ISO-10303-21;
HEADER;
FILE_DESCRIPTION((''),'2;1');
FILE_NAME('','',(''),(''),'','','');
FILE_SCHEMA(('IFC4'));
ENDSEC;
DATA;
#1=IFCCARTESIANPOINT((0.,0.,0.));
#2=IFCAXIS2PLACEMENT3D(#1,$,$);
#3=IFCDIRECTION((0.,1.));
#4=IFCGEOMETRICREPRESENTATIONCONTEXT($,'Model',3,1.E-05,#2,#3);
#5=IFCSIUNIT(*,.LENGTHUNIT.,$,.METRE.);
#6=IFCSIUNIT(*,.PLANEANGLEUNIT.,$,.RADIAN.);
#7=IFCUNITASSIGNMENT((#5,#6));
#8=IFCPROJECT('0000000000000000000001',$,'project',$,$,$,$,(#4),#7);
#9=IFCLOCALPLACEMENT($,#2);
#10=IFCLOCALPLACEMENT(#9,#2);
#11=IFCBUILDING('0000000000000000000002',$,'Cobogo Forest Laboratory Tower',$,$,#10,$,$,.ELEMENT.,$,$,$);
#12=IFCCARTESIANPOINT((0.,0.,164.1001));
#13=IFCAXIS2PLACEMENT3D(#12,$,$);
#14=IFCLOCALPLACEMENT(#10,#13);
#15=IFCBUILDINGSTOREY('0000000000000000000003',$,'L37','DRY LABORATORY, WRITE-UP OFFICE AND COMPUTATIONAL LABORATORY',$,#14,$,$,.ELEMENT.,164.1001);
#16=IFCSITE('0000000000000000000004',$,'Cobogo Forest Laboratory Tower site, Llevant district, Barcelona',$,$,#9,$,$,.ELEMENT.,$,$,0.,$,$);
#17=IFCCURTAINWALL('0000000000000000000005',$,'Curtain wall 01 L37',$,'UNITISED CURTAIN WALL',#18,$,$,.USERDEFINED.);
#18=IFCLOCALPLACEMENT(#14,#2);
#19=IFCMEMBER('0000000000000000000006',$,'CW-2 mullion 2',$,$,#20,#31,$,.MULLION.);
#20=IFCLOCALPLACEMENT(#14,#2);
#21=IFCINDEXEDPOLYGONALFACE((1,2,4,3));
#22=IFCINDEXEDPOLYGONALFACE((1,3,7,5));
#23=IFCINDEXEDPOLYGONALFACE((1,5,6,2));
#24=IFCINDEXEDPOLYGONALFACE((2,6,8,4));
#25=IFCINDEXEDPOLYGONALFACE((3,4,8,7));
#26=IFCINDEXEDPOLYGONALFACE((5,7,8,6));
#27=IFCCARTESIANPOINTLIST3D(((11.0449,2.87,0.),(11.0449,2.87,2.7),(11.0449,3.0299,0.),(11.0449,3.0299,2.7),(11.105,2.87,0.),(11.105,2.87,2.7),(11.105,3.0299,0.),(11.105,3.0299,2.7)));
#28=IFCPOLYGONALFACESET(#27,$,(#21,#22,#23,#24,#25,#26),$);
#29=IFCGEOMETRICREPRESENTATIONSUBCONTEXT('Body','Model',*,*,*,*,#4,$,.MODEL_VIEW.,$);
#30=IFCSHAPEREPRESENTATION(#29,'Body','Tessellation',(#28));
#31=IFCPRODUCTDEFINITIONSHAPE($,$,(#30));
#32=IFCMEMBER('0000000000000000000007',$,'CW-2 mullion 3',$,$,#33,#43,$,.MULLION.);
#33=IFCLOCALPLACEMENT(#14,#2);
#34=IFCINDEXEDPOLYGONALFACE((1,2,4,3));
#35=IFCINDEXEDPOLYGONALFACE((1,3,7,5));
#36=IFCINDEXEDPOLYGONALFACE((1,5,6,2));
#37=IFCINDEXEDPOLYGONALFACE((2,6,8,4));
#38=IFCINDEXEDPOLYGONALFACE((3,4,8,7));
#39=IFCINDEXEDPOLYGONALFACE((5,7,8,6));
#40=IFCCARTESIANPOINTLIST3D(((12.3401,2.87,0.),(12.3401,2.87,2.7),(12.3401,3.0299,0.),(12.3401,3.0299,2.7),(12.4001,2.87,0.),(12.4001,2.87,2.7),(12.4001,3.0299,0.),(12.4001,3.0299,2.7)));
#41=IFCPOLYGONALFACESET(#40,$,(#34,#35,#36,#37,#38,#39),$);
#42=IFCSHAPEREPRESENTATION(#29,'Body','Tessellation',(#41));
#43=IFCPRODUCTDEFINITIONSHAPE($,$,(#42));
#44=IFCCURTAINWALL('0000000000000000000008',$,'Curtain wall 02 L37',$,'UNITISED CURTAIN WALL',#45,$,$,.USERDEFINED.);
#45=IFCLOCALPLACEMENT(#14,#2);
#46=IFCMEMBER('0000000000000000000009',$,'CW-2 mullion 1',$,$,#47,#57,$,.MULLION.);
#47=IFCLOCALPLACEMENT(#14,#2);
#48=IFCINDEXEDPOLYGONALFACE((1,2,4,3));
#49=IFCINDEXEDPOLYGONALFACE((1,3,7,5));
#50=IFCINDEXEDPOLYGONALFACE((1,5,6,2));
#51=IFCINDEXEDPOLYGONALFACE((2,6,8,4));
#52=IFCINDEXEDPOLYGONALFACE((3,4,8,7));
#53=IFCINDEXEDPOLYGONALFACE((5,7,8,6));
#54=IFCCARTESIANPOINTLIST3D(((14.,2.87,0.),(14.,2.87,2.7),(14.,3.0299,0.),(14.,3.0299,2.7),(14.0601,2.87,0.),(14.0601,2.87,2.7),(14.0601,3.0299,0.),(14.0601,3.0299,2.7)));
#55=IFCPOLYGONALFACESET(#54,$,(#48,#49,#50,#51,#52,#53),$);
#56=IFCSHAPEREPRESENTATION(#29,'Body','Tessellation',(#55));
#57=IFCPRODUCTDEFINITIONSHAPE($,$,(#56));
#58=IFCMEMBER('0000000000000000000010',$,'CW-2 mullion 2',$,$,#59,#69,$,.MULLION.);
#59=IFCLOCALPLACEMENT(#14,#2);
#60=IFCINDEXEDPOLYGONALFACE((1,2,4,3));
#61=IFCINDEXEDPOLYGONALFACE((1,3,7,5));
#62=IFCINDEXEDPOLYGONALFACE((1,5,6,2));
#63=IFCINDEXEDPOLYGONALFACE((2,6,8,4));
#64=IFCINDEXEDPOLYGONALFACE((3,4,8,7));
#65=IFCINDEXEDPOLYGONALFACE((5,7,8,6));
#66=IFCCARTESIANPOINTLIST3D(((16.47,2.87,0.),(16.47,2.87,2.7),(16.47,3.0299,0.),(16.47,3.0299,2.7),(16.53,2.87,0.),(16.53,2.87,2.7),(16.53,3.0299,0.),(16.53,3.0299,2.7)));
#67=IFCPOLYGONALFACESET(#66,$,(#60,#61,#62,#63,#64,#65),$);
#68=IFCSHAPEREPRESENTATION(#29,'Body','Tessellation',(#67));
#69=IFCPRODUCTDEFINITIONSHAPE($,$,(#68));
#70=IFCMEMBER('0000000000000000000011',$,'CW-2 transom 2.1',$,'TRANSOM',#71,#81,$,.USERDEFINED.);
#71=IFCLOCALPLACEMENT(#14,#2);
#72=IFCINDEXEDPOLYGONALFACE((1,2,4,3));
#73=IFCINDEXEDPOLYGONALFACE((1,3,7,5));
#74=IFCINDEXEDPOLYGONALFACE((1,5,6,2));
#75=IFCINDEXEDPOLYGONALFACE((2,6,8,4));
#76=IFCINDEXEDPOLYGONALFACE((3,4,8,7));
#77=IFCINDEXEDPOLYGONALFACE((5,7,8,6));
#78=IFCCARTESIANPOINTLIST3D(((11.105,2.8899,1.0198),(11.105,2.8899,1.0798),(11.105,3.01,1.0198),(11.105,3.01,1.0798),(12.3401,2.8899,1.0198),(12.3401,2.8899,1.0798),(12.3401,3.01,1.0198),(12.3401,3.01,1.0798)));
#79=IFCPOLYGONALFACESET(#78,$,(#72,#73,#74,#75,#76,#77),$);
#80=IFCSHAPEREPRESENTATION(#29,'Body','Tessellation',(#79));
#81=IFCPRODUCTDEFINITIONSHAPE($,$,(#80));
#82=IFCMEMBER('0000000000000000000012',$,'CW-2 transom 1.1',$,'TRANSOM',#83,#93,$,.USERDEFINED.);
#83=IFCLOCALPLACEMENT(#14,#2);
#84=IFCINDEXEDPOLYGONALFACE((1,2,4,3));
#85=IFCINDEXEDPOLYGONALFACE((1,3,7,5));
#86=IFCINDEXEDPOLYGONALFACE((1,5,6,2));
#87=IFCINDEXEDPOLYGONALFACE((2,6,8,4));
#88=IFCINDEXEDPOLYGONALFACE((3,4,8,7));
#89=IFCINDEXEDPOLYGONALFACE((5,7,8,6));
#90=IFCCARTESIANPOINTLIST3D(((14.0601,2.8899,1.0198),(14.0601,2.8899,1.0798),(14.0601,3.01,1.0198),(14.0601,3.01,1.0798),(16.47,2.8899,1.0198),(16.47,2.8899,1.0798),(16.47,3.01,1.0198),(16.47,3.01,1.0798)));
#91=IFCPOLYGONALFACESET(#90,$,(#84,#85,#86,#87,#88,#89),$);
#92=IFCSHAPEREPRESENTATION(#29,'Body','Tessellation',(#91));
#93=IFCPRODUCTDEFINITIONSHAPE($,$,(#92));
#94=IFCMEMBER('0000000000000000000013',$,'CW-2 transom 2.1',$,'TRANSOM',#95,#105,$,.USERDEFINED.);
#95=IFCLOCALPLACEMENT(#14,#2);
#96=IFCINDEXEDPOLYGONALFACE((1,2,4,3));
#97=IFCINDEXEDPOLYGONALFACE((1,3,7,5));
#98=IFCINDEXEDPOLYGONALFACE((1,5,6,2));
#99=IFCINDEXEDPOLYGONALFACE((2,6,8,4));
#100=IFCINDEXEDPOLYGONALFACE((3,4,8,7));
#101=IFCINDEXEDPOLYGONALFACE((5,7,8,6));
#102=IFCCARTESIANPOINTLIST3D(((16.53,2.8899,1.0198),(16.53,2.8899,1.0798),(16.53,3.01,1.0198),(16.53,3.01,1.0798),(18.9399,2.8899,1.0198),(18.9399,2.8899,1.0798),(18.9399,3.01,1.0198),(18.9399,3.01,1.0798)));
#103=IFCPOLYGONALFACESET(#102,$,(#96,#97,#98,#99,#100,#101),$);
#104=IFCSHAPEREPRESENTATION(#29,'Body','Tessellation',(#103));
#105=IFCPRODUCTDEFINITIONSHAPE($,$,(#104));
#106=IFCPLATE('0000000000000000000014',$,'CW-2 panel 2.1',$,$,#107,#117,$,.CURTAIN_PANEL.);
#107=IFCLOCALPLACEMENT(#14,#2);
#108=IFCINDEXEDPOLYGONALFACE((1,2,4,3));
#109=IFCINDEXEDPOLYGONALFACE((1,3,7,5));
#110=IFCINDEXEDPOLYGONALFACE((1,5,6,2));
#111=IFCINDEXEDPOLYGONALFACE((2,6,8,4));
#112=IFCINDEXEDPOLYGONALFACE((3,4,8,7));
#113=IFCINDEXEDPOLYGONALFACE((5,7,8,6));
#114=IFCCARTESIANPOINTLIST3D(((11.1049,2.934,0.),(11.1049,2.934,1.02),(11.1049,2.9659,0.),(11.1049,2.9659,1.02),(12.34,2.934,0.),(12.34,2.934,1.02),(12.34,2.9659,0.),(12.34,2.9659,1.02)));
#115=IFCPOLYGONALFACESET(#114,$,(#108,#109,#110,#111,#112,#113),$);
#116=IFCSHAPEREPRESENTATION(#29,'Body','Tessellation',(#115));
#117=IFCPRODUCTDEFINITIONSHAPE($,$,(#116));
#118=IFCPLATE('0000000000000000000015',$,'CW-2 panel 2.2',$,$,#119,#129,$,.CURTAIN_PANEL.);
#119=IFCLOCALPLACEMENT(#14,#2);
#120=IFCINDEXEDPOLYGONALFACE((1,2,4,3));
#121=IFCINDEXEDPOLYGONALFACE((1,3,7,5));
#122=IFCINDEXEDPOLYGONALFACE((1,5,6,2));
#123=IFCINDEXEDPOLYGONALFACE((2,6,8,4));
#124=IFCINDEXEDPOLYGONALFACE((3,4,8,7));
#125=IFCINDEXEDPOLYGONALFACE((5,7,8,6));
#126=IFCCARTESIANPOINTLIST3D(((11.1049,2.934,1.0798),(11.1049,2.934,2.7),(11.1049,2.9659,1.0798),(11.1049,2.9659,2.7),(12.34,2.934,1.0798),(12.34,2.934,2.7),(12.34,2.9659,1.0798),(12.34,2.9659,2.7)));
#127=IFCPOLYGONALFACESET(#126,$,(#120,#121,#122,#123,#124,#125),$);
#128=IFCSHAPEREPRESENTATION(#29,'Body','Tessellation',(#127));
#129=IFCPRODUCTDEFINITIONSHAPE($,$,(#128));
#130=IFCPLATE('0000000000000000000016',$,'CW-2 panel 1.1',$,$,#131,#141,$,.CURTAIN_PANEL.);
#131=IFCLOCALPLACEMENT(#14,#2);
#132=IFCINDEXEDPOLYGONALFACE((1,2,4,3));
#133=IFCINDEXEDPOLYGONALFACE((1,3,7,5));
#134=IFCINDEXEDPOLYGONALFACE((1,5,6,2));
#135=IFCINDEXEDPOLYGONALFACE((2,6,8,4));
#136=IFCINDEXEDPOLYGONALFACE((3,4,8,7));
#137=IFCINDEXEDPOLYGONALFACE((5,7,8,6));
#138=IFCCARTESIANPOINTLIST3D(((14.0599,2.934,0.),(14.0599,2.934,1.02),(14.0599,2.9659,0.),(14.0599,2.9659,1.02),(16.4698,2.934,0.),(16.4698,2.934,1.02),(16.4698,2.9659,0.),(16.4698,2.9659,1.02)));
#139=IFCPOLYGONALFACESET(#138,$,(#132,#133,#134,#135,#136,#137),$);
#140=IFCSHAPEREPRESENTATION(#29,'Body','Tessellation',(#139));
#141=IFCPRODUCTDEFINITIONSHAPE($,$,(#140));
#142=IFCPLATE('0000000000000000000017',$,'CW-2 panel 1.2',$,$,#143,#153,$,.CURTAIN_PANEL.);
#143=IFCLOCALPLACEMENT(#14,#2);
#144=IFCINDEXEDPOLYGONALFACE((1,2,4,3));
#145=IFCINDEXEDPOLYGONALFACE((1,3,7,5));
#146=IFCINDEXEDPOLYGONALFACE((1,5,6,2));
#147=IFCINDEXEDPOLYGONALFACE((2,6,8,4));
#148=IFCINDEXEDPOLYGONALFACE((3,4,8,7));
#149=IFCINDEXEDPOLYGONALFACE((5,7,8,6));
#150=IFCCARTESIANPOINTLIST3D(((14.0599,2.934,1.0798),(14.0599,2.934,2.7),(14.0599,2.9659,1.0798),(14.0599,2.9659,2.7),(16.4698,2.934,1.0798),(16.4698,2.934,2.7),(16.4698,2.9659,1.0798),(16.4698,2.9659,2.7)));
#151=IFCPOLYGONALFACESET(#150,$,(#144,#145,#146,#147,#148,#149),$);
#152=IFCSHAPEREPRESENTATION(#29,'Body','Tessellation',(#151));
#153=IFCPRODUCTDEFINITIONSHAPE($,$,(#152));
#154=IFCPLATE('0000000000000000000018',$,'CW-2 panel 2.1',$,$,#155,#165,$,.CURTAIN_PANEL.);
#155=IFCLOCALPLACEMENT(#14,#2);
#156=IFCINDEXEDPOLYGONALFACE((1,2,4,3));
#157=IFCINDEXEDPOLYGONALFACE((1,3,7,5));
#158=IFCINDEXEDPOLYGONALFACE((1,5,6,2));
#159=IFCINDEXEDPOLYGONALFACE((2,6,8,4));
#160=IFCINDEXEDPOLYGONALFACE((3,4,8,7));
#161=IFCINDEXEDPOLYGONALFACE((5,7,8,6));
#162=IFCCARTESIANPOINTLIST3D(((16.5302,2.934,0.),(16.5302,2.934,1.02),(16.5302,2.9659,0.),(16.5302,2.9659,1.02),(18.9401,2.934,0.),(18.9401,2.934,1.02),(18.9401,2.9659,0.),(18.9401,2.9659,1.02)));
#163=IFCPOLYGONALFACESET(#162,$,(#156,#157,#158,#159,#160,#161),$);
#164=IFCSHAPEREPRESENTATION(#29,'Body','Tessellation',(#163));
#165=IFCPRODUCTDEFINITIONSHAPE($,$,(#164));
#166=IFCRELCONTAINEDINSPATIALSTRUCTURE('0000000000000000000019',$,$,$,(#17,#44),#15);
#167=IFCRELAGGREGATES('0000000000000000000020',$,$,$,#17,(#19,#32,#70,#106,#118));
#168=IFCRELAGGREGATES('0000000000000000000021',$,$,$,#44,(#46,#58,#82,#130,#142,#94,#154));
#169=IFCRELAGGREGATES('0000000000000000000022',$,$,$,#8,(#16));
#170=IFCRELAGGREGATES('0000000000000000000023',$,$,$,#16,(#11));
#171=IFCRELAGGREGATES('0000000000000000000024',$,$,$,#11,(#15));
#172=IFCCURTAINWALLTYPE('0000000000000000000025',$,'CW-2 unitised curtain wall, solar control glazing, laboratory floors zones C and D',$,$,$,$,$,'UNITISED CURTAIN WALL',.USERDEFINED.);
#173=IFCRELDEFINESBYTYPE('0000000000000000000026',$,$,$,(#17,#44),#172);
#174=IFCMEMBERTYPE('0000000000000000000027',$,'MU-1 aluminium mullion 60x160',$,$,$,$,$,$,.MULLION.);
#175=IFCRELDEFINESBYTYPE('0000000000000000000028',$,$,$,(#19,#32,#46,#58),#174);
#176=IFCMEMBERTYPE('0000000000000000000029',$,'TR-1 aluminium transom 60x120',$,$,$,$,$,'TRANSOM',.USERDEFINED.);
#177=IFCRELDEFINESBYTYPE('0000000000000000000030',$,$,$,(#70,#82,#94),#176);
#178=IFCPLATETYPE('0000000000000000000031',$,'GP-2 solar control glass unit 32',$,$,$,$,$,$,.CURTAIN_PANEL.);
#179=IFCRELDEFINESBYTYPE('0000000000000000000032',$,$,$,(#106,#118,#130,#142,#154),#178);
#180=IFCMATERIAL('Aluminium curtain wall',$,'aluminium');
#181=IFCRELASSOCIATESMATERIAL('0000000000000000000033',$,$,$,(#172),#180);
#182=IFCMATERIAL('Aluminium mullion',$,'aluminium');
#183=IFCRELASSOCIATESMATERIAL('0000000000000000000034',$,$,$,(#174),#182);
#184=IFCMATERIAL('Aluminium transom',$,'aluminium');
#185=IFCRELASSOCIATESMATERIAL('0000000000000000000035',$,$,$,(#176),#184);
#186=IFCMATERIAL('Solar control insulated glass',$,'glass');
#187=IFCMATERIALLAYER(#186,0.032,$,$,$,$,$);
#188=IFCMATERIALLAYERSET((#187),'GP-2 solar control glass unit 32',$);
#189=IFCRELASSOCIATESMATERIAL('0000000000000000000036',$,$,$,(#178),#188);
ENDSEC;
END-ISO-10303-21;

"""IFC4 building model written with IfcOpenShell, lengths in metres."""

from ifc_helpers import new_model, si_unit, direction, frame, origin, origin_2d, place, context, subcontext, project, spatial, rectangle, extrude, material, layer, layer_set, material_profile, profile_set, type_object, element, aggregate, save


model = new_model("IFC4")

# Units and contexts
model_context = context("Model", 3, precision=1e-05, world=origin(), true_north=direction((0.0, 1.0)))
body_context = subcontext(model_context, "Body", "Model", "MODEL_VIEW")
ifc_project = project(units=[si_unit("LENGTHUNIT", "METRE"), si_unit("PLANEANGLEUNIT", "RADIAN")], contexts=[model_context])

# Site, building, storey
site_placement = place(None, origin())
site = spatial("IfcSite", under=ifc_project, at=site_placement, Name="Cobogo Forest Laboratory Tower site, Llevant district, Barcelona", CompositionType="ELEMENT", RefElevation=0.0)
building_placement = place(site_placement, origin())
building = spatial("IfcBuilding", under=site, at=building_placement, Name="Cobogo Forest Laboratory Tower", CompositionType="ELEMENT")
storey_placement = place(building_placement, frame((0.0, 0.0, 164.1001)))
storey = spatial("IfcBuildingStorey", under=building, at=storey_placement, Name="L37", Description="DRY LABORATORY, WRITE-UP OFFICE AND COMPUTATIONAL LABORATORY", CompositionType="ELEMENT", Elevation=164.1001)

# Curtain walls, members
ifc_material_1 = material(Name="Aluminium curtain wall", Category="aluminium")
curtain_wall_type = type_object("IfcCurtainWallType", Name="CW-2 unitised curtain wall, solar control glazing, laboratory floors zones C and D", ElementType="UNITISED CURTAIN WALL", PredefinedType="USERDEFINED", material=ifc_material_1)
curtain_wall_1_placement = place(storey_placement, origin())
curtain_wall_1 = element("IfcCurtainWall", 1, at=curtain_wall_1_placement, inside=storey, type_object=curtain_wall_type, Name="Curtain wall 01 L37", ObjectType="UNITISED CURTAIN WALL", PredefinedType="USERDEFINED")
ifc_material_2 = material(Name="Aluminium mullion", Category="aluminium")
ifc_material_profile_1 = material_profile(ifc_material_2, rectangle(XDim=0.0601, YDim=0.1599, at=origin_2d()), Name="AL 60x160")
ifc_profile_set_1 = profile_set([ifc_material_profile_1], Name="Aluminium mullion")
member_type_1 = type_object("IfcMemberType", Name="MU-1 aluminium mullion 60x160", PredefinedType="MULLION", material=ifc_profile_set_1)
member_1_placement = place(storey_placement, frame((11.075, 2.95, 0.0), z_axis=(0.0, 0.0, 1.0), x_axis=(1.0, 0.0, 0.0)))
member_1 = element("IfcMember", 2, at=member_1_placement, type_object=member_type_1, Name="CW-2 mullion 2", PredefinedType="MULLION", context=body_context, shape_type="SweptSolid", body=[
    extrude(rectangle(XDim=0.0601, YDim=0.1599, at=origin_2d()), origin(), (0.0, 0.0, 1.0), 2.7),
])
member_2_placement = place(storey_placement, frame((12.3701, 2.95, 0.0), z_axis=(0.0, 0.0, 1.0), x_axis=(1.0, 0.0, 0.0)))
member_2 = element("IfcMember", 3, at=member_2_placement, type_object=member_type_1, Name="CW-2 mullion 3", PredefinedType="MULLION", context=body_context, shape_type="SweptSolid", body=[
    extrude(rectangle(XDim=0.0601, YDim=0.1599, at=origin_2d()), origin(), (0.0, 0.0, 1.0), 2.7),
])
curtain_wall_2_placement = place(storey_placement, origin())
curtain_wall_2 = element("IfcCurtainWall", 4, at=curtain_wall_2_placement, inside=storey, type_object=curtain_wall_type, Name="Curtain wall 02 L37", ObjectType="UNITISED CURTAIN WALL", PredefinedType="USERDEFINED")
member_3_placement = place(storey_placement, frame((14.03, 2.95, 0.0), z_axis=(0.0, 0.0, 1.0), x_axis=(1.0, 0.0, 0.0)))
member_3 = element("IfcMember", 5, at=member_3_placement, type_object=member_type_1, Name="CW-2 mullion 1", PredefinedType="MULLION", context=body_context, shape_type="SweptSolid", body=[
    extrude(rectangle(XDim=0.0601, YDim=0.1599, at=origin_2d()), origin(), (0.0, 0.0, 1.0), 2.7),
])
member_4_placement = place(storey_placement, frame((16.5, 2.95, 0.0), z_axis=(0.0, 0.0, 1.0), x_axis=(1.0, 0.0, 0.0)))
member_4 = element("IfcMember", 6, at=member_4_placement, type_object=member_type_1, Name="CW-2 mullion 2", PredefinedType="MULLION", context=body_context, shape_type="SweptSolid", body=[
    extrude(rectangle(XDim=0.0601, YDim=0.1599, at=origin_2d()), origin(), (0.0, 0.0, 1.0), 2.7),
])

# Members
ifc_material_3 = material(Name="Aluminium transom", Category="aluminium")
ifc_material_profile_2 = material_profile(ifc_material_3, rectangle(XDim=0.1201, YDim=0.0601, at=origin_2d()), Name="AL 60x120")
ifc_profile_set_2 = profile_set([ifc_material_profile_2], Name="Aluminium transom")
member_type_2 = type_object("IfcMemberType", Name="TR-1 aluminium transom 60x120", ElementType="TRANSOM", PredefinedType="USERDEFINED", material=ifc_profile_set_2)
member_5_placement = place(storey_placement, frame((11.105, 2.95, 1.0498), z_axis=(1.0, 0.0, 0.0), x_axis=(0.0, 1.0, 0.0)))
member_5 = element("IfcMember", 7, at=member_5_placement, type_object=member_type_2, Name="CW-2 transom 2.1", ObjectType="TRANSOM", PredefinedType="USERDEFINED", context=body_context, shape_type="SweptSolid", body=[
    extrude(rectangle(XDim=0.1201, YDim=0.0601, at=origin_2d()), origin(), (0.0, 0.0, 1.0), 1.2351),
])
member_6_placement = place(storey_placement, frame((14.0601, 2.95, 1.0498), z_axis=(1.0, 0.0, 0.0), x_axis=(0.0, 1.0, 0.0)))
member_6 = element("IfcMember", 8, at=member_6_placement, type_object=member_type_2, Name="CW-2 transom 1.1", ObjectType="TRANSOM", PredefinedType="USERDEFINED", context=body_context, shape_type="SweptSolid", body=[
    extrude(rectangle(XDim=0.1201, YDim=0.0601, at=origin_2d()), origin(), (0.0, 0.0, 1.0), 2.4099),
])
member_7_placement = place(storey_placement, frame((16.53, 2.95, 1.0498), z_axis=(1.0, 0.0, 0.0), x_axis=(0.0, 1.0, 0.0)))
member_7 = element("IfcMember", 9, at=member_7_placement, type_object=member_type_2, Name="CW-2 transom 2.1", ObjectType="TRANSOM", PredefinedType="USERDEFINED", context=body_context, shape_type="SweptSolid", body=[
    extrude(rectangle(XDim=0.1201, YDim=0.0601, at=origin_2d()), origin(), (0.0, 0.0, 1.0), 2.4099),
])

# Plates
ifc_material_4 = material(Name="Solar control insulated glass", Category="glass")
ifc_layer = layer(ifc_material_4, 0.032)
ifc_layer_set = layer_set([ifc_layer], Name="GP-2 solar control glass unit 32")
plate_type_1 = type_object("IfcPlateType", Name="GP-2 solar control glass unit 32", PredefinedType="CURTAIN_PANEL", material=ifc_layer_set)
plate_1_placement = place(storey_placement, frame((11.7224, 2.95, 0.0), z_axis=(0.0, 0.0, 1.0), x_axis=(1.0, 0.0, 0.0)))
plate_1 = element("IfcPlate", 10, at=plate_1_placement, type_object=plate_type_1, Name="CW-2 panel 2.1", PredefinedType="CURTAIN_PANEL", context=body_context, shape_type="SweptSolid", body=[
    extrude(rectangle(XDim=1.2351, YDim=0.032, at=origin_2d()), origin(), (0.0, 0.0, 1.0), 1.02),
])
plate_2_placement = place(storey_placement, frame((11.7224, 2.95, 1.0798), z_axis=(0.0, 0.0, 1.0), x_axis=(1.0, 0.0, 0.0)))
plate_2 = element("IfcPlate", 11, at=plate_2_placement, type_object=plate_type_1, Name="CW-2 panel 2.2", PredefinedType="CURTAIN_PANEL", context=body_context, shape_type="SweptSolid", body=[
    extrude(rectangle(XDim=1.2351, YDim=0.032, at=origin_2d()), origin(), (0.0, 0.0, 1.0), 1.6201),
])
aggregate(curtain_wall_1, [member_1, member_2, member_5, plate_1, plate_2])
plate_3_placement = place(storey_placement, frame((15.2649, 2.95, 0.0), z_axis=(0.0, 0.0, 1.0), x_axis=(1.0, 0.0, 0.0)))
plate_3 = element("IfcPlate", 12, at=plate_3_placement, type_object=plate_type_1, Name="CW-2 panel 1.1", PredefinedType="CURTAIN_PANEL", context=body_context, shape_type="SweptSolid", body=[
    extrude(rectangle(XDim=2.4099, YDim=0.032, at=origin_2d()), origin(), (0.0, 0.0, 1.0), 1.02),
])
plate_4_placement = place(storey_placement, frame((15.2649, 2.95, 1.0798), z_axis=(0.0, 0.0, 1.0), x_axis=(1.0, 0.0, 0.0)))
plate_4 = element("IfcPlate", 13, at=plate_4_placement, type_object=plate_type_1, Name="CW-2 panel 1.2", PredefinedType="CURTAIN_PANEL", context=body_context, shape_type="SweptSolid", body=[
    extrude(rectangle(XDim=2.4099, YDim=0.032, at=origin_2d()), origin(), (0.0, 0.0, 1.0), 1.6201),
])
plate_5_placement = place(storey_placement, frame((17.7351, 2.95, 0.0), z_axis=(0.0, 0.0, 1.0), x_axis=(1.0, 0.0, 0.0)))
plate_5 = element("IfcPlate", 14, at=plate_5_placement, type_object=plate_type_1, Name="CW-2 panel 2.1", PredefinedType="CURTAIN_PANEL", context=body_context, shape_type="SweptSolid", body=[
    extrude(rectangle(XDim=2.4099, YDim=0.032, at=origin_2d()), origin(), (0.0, 0.0, 1.0), 1.02),
])
aggregate(curtain_wall_2, [member_3, member_4, member_6, plate_3, plate_4, member_7, plate_5])

save(model, "model.ifc")
